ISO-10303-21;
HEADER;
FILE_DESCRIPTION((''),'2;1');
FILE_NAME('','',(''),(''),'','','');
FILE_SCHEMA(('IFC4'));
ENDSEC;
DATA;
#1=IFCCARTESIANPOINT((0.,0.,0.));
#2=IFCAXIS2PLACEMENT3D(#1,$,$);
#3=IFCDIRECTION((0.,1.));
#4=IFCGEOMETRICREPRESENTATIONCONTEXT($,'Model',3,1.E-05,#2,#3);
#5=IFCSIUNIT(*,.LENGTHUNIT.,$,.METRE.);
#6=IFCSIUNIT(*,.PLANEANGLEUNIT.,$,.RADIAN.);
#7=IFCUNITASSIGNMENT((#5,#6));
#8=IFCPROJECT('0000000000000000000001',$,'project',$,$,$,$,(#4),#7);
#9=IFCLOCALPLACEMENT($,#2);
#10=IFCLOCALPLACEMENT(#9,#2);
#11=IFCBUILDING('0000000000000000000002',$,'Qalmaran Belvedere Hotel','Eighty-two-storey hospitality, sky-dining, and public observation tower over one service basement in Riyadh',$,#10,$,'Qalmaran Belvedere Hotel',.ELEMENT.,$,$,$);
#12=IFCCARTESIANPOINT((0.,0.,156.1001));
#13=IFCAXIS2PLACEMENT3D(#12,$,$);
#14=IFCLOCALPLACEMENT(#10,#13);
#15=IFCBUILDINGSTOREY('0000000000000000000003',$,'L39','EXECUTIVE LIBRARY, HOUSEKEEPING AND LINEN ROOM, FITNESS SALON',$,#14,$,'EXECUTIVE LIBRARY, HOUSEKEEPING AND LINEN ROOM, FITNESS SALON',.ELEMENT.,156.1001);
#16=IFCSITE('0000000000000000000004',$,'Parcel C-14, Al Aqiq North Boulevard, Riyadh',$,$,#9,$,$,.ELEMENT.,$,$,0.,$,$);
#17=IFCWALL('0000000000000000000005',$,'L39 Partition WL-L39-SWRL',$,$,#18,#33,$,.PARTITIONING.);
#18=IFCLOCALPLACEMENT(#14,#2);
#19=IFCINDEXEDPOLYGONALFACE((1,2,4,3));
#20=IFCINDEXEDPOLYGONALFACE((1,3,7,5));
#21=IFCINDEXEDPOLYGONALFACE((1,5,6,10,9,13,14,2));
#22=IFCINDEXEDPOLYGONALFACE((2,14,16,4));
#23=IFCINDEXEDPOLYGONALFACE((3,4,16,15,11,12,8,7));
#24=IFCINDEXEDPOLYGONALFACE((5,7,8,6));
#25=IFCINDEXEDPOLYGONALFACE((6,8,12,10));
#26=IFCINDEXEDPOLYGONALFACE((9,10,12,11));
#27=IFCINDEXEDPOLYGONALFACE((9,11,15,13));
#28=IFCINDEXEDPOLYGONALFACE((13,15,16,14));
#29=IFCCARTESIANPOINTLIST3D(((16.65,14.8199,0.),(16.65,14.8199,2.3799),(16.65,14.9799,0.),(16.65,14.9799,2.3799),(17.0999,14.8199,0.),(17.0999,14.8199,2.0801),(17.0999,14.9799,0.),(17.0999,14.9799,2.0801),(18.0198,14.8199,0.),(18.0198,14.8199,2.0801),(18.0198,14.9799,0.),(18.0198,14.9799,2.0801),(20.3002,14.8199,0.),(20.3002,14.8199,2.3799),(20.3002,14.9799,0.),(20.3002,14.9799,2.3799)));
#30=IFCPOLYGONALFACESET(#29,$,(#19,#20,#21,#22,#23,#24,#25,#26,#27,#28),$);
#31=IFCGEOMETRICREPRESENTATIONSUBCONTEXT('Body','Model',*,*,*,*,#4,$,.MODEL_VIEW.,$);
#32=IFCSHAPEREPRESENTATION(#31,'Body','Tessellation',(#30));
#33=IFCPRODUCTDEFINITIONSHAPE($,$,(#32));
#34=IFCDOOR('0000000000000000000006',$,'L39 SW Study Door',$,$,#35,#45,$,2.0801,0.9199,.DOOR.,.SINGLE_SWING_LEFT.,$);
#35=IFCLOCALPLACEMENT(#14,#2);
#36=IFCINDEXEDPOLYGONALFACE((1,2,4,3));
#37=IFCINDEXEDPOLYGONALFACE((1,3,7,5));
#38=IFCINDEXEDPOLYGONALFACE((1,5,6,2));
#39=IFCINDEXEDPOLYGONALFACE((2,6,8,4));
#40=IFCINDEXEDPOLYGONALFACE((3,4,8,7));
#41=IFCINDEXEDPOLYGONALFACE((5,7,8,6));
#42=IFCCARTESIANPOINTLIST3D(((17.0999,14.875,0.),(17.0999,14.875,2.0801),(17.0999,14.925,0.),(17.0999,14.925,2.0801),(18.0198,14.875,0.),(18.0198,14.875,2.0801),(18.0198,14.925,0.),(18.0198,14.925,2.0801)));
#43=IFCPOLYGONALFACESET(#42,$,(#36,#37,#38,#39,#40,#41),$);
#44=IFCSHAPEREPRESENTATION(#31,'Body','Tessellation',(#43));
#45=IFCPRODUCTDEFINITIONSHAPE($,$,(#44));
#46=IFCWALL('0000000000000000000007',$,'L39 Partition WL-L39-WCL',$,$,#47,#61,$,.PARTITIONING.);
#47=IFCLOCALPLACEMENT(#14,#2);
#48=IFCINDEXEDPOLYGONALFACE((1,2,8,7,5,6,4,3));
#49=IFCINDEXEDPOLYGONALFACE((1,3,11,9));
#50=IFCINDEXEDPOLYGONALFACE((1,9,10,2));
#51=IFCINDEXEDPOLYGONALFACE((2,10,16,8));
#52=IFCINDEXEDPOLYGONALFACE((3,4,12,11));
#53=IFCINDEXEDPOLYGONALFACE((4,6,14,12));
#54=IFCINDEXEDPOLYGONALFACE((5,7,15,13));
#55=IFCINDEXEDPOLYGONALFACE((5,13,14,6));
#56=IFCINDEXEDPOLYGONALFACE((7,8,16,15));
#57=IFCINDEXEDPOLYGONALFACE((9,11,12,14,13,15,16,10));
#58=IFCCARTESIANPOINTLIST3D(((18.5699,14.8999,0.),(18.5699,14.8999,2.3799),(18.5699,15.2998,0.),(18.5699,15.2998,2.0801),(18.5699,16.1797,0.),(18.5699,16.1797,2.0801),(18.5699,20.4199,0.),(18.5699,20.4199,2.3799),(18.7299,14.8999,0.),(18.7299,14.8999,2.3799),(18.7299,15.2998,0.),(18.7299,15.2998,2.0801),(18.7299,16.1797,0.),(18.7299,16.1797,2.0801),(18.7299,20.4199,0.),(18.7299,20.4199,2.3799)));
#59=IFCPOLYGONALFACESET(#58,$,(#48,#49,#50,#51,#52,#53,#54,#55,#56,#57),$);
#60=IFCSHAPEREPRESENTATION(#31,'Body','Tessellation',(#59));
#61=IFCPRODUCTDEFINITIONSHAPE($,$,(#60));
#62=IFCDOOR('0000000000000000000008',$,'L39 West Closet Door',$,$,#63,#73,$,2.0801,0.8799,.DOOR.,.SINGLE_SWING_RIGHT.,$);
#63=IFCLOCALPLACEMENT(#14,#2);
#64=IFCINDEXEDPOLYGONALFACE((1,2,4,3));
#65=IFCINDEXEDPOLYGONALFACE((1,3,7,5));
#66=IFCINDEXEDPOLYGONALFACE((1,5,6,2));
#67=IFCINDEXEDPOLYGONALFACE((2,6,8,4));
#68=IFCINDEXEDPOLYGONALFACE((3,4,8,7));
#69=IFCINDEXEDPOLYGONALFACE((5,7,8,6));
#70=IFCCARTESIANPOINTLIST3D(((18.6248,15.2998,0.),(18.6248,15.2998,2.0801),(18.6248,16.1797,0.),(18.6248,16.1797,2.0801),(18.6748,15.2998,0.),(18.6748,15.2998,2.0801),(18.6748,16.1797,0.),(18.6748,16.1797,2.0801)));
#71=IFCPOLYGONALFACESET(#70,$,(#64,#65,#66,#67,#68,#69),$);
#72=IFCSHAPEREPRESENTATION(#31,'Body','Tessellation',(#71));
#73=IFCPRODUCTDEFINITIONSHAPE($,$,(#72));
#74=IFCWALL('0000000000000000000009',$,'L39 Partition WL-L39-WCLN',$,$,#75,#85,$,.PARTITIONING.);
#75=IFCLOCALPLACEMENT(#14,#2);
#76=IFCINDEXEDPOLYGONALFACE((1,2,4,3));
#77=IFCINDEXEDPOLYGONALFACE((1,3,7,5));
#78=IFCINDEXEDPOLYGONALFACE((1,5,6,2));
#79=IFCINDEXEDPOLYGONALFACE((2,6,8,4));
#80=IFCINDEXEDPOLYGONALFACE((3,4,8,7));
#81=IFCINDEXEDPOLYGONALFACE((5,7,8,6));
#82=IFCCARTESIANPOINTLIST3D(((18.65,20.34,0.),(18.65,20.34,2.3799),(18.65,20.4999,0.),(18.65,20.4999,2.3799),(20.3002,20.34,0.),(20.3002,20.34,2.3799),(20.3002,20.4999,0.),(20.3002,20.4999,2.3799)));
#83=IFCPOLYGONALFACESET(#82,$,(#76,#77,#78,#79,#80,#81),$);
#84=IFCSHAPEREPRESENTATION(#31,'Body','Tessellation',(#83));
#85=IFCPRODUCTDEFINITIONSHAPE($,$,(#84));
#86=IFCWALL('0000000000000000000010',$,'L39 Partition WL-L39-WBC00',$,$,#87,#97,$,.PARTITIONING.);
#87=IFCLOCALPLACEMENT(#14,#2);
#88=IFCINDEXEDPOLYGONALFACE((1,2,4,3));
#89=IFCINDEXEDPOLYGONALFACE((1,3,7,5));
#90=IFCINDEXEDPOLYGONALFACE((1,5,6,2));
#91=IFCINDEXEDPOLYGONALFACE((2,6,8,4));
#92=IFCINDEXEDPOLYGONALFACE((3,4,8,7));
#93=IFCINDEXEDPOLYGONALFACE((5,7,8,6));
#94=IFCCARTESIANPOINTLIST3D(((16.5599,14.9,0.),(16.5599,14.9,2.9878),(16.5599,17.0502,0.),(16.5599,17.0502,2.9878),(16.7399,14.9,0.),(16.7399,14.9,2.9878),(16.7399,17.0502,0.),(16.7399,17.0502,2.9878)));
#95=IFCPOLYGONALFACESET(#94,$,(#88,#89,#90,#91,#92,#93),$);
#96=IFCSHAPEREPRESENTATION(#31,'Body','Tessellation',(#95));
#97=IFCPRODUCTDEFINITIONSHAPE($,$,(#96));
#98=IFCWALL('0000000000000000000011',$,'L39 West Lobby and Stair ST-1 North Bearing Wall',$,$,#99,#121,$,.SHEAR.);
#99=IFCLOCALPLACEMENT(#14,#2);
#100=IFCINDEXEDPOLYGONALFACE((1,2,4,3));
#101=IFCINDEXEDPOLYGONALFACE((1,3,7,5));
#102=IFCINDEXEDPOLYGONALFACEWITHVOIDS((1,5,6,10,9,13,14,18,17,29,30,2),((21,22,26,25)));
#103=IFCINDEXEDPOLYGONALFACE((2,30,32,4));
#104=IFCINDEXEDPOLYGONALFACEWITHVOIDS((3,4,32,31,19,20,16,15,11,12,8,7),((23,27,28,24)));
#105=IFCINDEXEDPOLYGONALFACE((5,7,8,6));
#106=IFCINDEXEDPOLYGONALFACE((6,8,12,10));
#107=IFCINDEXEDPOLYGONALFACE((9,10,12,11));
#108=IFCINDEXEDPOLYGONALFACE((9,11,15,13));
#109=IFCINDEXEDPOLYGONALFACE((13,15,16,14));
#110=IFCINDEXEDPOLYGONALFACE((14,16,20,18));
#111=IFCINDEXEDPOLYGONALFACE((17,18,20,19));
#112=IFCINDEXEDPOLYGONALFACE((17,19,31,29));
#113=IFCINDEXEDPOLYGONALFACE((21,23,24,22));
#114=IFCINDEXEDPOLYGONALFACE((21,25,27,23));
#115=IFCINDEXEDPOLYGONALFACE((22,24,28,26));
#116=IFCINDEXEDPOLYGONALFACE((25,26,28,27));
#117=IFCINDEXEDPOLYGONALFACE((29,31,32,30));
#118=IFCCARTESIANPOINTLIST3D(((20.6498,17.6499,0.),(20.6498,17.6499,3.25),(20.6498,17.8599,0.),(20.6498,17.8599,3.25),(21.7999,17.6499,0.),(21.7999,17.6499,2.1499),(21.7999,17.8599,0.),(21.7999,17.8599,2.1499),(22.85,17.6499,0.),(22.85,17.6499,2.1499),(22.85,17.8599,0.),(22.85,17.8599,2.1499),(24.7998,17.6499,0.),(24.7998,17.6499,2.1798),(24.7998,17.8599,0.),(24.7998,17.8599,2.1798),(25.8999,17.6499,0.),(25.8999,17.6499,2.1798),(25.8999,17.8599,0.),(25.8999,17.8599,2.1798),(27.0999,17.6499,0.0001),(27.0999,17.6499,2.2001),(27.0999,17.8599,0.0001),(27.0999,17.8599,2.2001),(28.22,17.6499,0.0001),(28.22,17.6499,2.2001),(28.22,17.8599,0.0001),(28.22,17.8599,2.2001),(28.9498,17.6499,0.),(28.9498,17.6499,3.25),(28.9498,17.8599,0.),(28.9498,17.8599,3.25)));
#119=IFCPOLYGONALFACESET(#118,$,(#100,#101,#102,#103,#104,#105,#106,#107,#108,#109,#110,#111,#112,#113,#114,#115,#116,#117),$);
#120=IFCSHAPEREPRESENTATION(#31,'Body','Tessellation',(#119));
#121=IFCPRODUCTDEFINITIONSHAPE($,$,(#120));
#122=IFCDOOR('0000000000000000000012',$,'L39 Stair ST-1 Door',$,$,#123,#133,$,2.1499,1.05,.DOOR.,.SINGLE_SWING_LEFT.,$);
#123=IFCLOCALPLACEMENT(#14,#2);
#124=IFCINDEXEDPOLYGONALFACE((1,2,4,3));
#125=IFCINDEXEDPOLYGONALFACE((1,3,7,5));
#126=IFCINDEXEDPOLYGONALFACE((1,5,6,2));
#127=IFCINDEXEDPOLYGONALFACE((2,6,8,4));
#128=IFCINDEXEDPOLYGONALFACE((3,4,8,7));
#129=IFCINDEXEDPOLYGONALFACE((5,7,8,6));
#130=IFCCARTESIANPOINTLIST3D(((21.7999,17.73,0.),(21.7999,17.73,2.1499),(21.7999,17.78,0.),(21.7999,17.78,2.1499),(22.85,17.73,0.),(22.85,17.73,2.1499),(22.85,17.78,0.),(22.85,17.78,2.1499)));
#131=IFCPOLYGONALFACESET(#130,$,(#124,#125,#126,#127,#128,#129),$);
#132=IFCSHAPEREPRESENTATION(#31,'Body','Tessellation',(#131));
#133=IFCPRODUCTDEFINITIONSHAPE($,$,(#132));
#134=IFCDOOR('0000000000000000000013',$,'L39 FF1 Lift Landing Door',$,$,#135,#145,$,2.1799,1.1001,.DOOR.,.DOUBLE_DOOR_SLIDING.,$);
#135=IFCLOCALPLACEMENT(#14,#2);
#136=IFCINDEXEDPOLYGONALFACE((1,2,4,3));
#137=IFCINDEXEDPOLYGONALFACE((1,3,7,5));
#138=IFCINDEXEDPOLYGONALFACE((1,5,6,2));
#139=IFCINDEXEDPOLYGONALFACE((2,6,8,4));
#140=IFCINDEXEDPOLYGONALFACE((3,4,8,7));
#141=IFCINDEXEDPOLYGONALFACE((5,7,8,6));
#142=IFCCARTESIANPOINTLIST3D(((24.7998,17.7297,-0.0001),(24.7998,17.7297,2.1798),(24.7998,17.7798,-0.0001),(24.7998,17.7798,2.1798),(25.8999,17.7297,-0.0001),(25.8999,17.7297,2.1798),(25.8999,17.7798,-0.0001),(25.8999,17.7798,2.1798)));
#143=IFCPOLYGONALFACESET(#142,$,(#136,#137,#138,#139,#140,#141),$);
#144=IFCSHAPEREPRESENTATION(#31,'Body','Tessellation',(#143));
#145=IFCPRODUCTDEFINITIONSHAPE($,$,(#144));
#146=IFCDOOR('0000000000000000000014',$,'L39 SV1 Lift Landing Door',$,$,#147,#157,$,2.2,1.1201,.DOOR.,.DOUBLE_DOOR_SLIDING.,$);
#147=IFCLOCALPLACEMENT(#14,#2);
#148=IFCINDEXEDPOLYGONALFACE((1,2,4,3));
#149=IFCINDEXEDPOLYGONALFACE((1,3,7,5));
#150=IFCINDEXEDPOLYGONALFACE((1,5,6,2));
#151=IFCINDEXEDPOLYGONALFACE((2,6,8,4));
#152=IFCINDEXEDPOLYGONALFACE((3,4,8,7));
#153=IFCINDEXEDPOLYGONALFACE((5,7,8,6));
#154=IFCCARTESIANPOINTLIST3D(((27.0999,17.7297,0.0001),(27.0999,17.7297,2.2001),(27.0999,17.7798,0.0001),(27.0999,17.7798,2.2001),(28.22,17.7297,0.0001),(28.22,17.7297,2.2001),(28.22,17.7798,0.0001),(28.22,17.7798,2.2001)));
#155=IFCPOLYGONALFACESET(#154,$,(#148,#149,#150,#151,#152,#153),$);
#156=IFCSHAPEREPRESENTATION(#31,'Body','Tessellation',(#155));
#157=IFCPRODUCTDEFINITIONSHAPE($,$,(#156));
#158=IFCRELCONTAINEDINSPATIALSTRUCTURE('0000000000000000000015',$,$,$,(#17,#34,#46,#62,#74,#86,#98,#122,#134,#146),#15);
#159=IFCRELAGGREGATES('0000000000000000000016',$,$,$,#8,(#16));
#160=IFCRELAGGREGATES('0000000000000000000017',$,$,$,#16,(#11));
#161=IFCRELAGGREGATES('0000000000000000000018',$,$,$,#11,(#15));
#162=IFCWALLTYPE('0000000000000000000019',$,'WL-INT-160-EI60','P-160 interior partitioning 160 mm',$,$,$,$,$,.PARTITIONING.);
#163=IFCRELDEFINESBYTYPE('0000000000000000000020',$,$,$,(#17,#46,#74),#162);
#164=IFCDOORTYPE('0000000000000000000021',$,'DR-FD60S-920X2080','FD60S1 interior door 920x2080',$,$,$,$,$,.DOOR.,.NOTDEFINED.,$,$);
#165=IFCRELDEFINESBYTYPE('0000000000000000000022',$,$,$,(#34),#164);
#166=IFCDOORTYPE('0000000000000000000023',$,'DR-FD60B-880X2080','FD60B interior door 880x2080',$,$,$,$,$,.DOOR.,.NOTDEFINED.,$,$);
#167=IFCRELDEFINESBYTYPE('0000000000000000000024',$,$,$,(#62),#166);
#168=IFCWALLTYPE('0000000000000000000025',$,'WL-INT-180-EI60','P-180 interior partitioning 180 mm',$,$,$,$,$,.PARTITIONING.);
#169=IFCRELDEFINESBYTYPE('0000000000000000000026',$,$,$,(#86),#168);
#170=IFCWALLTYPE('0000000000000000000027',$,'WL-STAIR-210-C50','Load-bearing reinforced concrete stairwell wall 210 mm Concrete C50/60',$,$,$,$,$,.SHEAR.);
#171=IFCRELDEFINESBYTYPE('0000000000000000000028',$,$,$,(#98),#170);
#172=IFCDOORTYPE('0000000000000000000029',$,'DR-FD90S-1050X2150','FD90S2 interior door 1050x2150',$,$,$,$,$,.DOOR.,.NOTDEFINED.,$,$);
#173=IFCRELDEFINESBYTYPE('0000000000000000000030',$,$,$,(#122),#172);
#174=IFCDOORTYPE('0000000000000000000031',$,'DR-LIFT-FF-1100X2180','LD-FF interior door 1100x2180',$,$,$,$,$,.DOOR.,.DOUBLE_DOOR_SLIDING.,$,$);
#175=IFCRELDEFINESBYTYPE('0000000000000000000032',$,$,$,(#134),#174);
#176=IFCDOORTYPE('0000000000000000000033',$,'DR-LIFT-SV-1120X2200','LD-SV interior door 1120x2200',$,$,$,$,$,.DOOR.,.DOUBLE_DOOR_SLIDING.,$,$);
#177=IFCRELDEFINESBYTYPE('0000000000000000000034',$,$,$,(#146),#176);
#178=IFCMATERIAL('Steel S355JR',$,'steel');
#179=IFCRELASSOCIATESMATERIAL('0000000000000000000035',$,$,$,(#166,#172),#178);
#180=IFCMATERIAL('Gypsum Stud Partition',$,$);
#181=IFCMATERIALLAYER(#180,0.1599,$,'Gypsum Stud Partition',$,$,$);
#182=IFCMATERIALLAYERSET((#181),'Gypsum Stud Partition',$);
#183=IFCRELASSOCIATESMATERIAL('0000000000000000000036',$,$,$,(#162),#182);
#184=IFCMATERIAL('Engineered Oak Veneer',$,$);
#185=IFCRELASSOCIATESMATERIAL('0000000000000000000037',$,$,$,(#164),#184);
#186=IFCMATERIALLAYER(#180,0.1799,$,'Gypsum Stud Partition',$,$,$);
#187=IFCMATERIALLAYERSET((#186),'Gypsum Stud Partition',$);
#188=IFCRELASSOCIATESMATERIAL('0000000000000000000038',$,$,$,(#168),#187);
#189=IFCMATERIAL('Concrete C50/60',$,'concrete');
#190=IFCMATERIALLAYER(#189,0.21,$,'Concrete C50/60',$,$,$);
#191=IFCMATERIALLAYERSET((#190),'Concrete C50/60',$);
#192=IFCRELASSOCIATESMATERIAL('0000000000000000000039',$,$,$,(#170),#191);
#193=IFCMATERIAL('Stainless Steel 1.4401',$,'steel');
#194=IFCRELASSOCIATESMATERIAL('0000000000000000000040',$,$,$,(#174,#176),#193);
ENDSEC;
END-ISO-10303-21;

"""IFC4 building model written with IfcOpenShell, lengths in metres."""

from ifc_helpers import new_model, si_unit, direction, frame, frame_2d, origin, place, context, subcontext, project, spatial, rectangle, extrude, material, layer, layer_set, type_object, element, fill, save


model = new_model("IFC4")

# Units and contexts
model_context = context("Model", 3, precision=1e-05, world=origin(), true_north=direction((0.0, 1.0)))
body_context = subcontext(model_context, "Body", "Model", "MODEL_VIEW")
ifc_project = project(units=[si_unit("LENGTHUNIT", "METRE"), si_unit("PLANEANGLEUNIT", "RADIAN")], contexts=[model_context])

# Site, building, storey
site_placement = place(None, origin())
site = spatial("IfcSite", under=ifc_project, at=site_placement, Name="Parcel C-14, Al Aqiq North Boulevard, Riyadh", CompositionType="ELEMENT", RefElevation=0.0)
building_placement = place(site_placement, origin())
building = spatial("IfcBuilding", under=site, at=building_placement, Name="Qalmaran Belvedere Hotel", Description="Eighty-two-storey hospitality, sky-dining, and public observation tower over one service basement in Riyadh", LongName="Qalmaran Belvedere Hotel", CompositionType="ELEMENT")
storey_placement = place(building_placement, frame((0.0, 0.0, 156.1001)))
storey = spatial("IfcBuildingStorey", under=building, at=storey_placement, Name="L39", Description="EXECUTIVE LIBRARY, HOUSEKEEPING AND LINEN ROOM, FITNESS SALON", LongName="EXECUTIVE LIBRARY, HOUSEKEEPING AND LINEN ROOM, FITNESS SALON", CompositionType="ELEMENT", Elevation=156.1001)

# Shared definitions
ifc_material_1 = material(Name="Gypsum Stud Partition")
ifc_material_2 = material(Name="Engineered Oak Veneer")

# Shared definitions
ifc_material_3 = material(Name="Steel S355JR", Category="steel")
door_type_1 = type_object("IfcDoorType", Name="DR-FD60B-880X2080", Description="FD60B interior door 880x2080", OperationType="NOTDEFINED", PredefinedType="DOOR", material=ifc_material_3)

# Walls, openings, doors
ifc_layer_1 = layer(ifc_material_1, 0.1599, Name="Gypsum Stud Partition")
ifc_layer_set_1 = layer_set([ifc_layer_1], Name="Gypsum Stud Partition")
wall_type_1 = type_object("IfcWallType", Name="WL-INT-160-EI60", Description="P-160 interior partitioning 160 mm", PredefinedType="PARTITIONING", material=ifc_layer_set_1)
door_type_2 = type_object("IfcDoorType", Name="DR-FD60S-920X2080", Description="FD60S1 interior door 920x2080", OperationType="NOTDEFINED", PredefinedType="DOOR", material=ifc_material_2)
wall_1_placement = place(storey_placement, frame((16.6499, 14.8999, 0.0), z_axis=(0.0, 0.0, 1.0), x_axis=(1.0, 0.0, 0.0)))
wall_1 = element("IfcWall", 1, at=wall_1_placement, inside=storey, type_object=wall_type_1, Name="L39 Partition WL-L39-SWRL", PredefinedType="PARTITIONING", context=body_context, shape_type="SweptSolid", body=[
    extrude(rectangle(XDim=3.6501, YDim=0.1599, at=frame_2d((1.8252, 0.0))), origin(), (0.0, 0.0, 1.0), 2.3799),
])
opening_1_placement = place(wall_1_placement, frame((1.3699, 0.0, 0.0), z_axis=(0.0, 0.0, 1.0), x_axis=(-1.0, 0.0, 0.0)))
opening_1 = element("IfcOpeningElement", 2, at=opening_1_placement, cuts=wall_1, PredefinedType="OPENING", context=body_context, shape_type="SweptSolid", body=[
    extrude(rectangle(XDim=0.9199, YDim=2.0801, at=frame_2d((0.46, 1.04))), frame((0.0, 0.0898, 0.0), z_axis=(0.0, -1.0, 0.0), x_axis=(1.0, 0.0, 0.0)), (0.0, 0.0, 1.0), 0.1799),
])
door_1_placement = place(opening_1_placement, origin())
door_1 = element("IfcDoor", 3, at=door_1_placement, inside=storey, type_object=door_type_2, Name="L39 SW Study Door", OperationType="SINGLE_SWING_LEFT", OverallHeight=2.0801, OverallWidth=0.9199, PredefinedType="DOOR", context=body_context, shape_type="SweptSolid", body=[
    extrude(rectangle(XDim=0.9199, YDim=2.0801, at=frame_2d((0.46, 1.04))), frame((0.0, 0.0249, 0.0), z_axis=(0.0, -1.0, 0.0), x_axis=(1.0, 0.0, 0.0)), (0.0, 0.0, 1.0), 0.05),
])
fill(opening_1, door_1)
wall_2_placement = place(storey_placement, frame((18.6499, 14.8999, 0.0), z_axis=(0.0, 0.0, 1.0), x_axis=(0.0, 1.0, 0.0)))
wall_2 = element("IfcWall", 4, at=wall_2_placement, inside=storey, type_object=wall_type_1, Name="L39 Partition WL-L39-WCL", PredefinedType="PARTITIONING", context=body_context, shape_type="SweptSolid", body=[
    extrude(rectangle(XDim=5.52, YDim=0.1599, at=frame_2d((2.76, 0.0))), origin(), (0.0, 0.0, 1.0), 2.3799),
])
opening_2_placement = place(wall_2_placement, frame((1.2798, 0.0, 0.0), z_axis=(0.0, 0.0, 1.0), x_axis=(-1.0, 0.0, 0.0)))
opening_2 = element("IfcOpeningElement", 5, at=opening_2_placement, cuts=wall_2, PredefinedType="OPENING", context=body_context, shape_type="SweptSolid", body=[
    extrude(rectangle(XDim=0.8799, YDim=2.0801, at=frame_2d((0.4399, 1.04))), frame((0.0, 0.0898, 0.0), z_axis=(0.0, -1.0, 0.0), x_axis=(1.0, 0.0, 0.0)), (0.0, 0.0, 1.0), 0.1799),
])
door_2_placement = place(opening_2_placement, origin())
door_2 = element("IfcDoor", 6, at=door_2_placement, inside=storey, type_object=door_type_1, Name="L39 West Closet Door", OperationType="SINGLE_SWING_RIGHT", OverallHeight=2.0801, OverallWidth=0.8799, PredefinedType="DOOR", context=body_context, shape_type="SweptSolid", body=[
    extrude(rectangle(XDim=0.8799, YDim=2.0801, at=frame_2d((0.4399, 1.04))), frame((0.0, 0.0249, 0.0), z_axis=(0.0, -1.0, 0.0), x_axis=(1.0, 0.0, 0.0)), (0.0, 0.0, 1.0), 0.05),
])
fill(opening_2, door_2)

# Walls
wall_3_placement = place(storey_placement, frame((18.6499, 20.4199, 0.0), z_axis=(0.0, 0.0, 1.0), x_axis=(1.0, 0.0, 0.0)))
element("IfcWall", 7, at=wall_3_placement, inside=storey, type_object=wall_type_1, Name="L39 Partition WL-L39-WCLN", PredefinedType="PARTITIONING", context=body_context, shape_type="SweptSolid", body=[
    extrude(rectangle(XDim=1.6501, YDim=0.1599, at=frame_2d((0.8252, 0.0))), origin(), (0.0, 0.0, 1.0), 2.3799),
])
ifc_layer_2 = layer(ifc_material_1, 0.1799, Name="Gypsum Stud Partition")
ifc_layer_set_2 = layer_set([ifc_layer_2], Name="Gypsum Stud Partition")
wall_type_2 = type_object("IfcWallType", Name="WL-INT-180-EI60", Description="P-180 interior partitioning 180 mm", PredefinedType="PARTITIONING", material=ifc_layer_set_2)
wall_4_placement = place(storey_placement, frame((16.6499, 14.8999, 0.0), z_axis=(0.0, 0.0, 1.0), x_axis=(0.0, 1.0, 0.0)))
element("IfcWall", 8, at=wall_4_placement, inside=storey, type_object=wall_type_2, Name="L39 Partition WL-L39-WBC00", PredefinedType="PARTITIONING", context=body_context, shape_type="SweptSolid", body=[
    extrude(rectangle(XDim=2.1501, YDim=0.1799, at=frame_2d((1.0752, 0.0))), origin(), (0.0, 0.0, 1.0), 2.9878),
])

# Wall, openings, doors
ifc_material_4 = material(Name="Concrete C50/60", Category="concrete")
ifc_layer_3 = layer(ifc_material_4, 0.21, Name="Concrete C50/60")
ifc_layer_set_3 = layer_set([ifc_layer_3], Name="Concrete C50/60")
wall_type_3 = type_object("IfcWallType", Name="WL-STAIR-210-C50", Description="Load-bearing reinforced concrete stairwell wall 210 mm Concrete C50/60", PredefinedType="SHEAR", material=ifc_layer_set_3)
wall_5_placement = place(storey_placement, frame((20.6499, 17.7549, 0.0), z_axis=(0.0, 0.0, 1.0), x_axis=(1.0, 0.0, 0.0)))
wall_5 = element("IfcWall", 9, at=wall_5_placement, inside=storey, type_object=wall_type_3, Name="L39 West Lobby and Stair ST-1 North Bearing Wall", PredefinedType="SHEAR", context=body_context, shape_type="SweptSolid", body=[
    extrude(rectangle(XDim=8.3, YDim=0.21, at=frame_2d((4.1499, 0.0))), origin(), (0.0, 0.0, 1.0), 3.25),
])
opening_3_placement = place(wall_5_placement, frame((2.2, 0.0, 0.0), z_axis=(0.0, 0.0, 1.0), x_axis=(-1.0, 0.0, 0.0)))
opening_3 = element("IfcOpeningElement", 10, at=opening_3_placement, cuts=wall_5, PredefinedType="OPENING", context=body_context, shape_type="SweptSolid", body=[
    extrude(rectangle(XDim=1.05, YDim=2.1499, at=frame_2d((0.5249, 1.075))), frame((0.0, 0.115, 0.0), z_axis=(0.0, -1.0, 0.0), x_axis=(1.0, 0.0, 0.0)), (0.0, 0.0, 1.0), 0.23),
])
opening_4_placement = place(wall_5_placement, frame((4.1499, 0.0, 0.0)))
opening_4 = element("IfcOpeningElement", 11, at=opening_4_placement, cuts=wall_5, PredefinedType="OPENING", context=body_context, shape_type="SweptSolid", body=[
    extrude(rectangle(XDim=1.1001, YDim=2.1799, at=frame_2d((0.55, 1.0898))), frame((0.0, 0.115, 0.0), z_axis=(0.0, -1.0, 0.0), x_axis=(1.0, 0.0, 0.0)), (0.0, 0.0, 1.0), 0.23),
])
opening_5_placement = place(wall_5_placement, frame((6.45, 0.0, 0.0)))
opening_5 = element("IfcOpeningElement", 12, at=opening_5_placement, cuts=wall_5, PredefinedType="OPENING", context=body_context, shape_type="SweptSolid", body=[
    extrude(rectangle(XDim=1.1201, YDim=2.2, at=frame_2d((0.5601, 1.1001))), frame((0.0, 0.115, 0.0), z_axis=(0.0, -1.0, 0.0), x_axis=(1.0, 0.0, 0.0)), (0.0, 0.0, 1.0), 0.23),
])
door_type_3 = type_object("IfcDoorType", Name="DR-FD90S-1050X2150", Description="FD90S2 interior door 1050x2150", OperationType="NOTDEFINED", PredefinedType="DOOR", material=ifc_material_3)
door_3_placement = place(opening_3_placement, origin())
door_3 = element("IfcDoor", 13, at=door_3_placement, inside=storey, type_object=door_type_3, Name="L39 Stair ST-1 Door", OperationType="SINGLE_SWING_LEFT", OverallHeight=2.1499, OverallWidth=1.05, PredefinedType="DOOR", context=body_context, shape_type="SweptSolid", body=[
    extrude(rectangle(XDim=1.05, YDim=2.1499, at=frame_2d((0.5249, 1.075))), frame((0.0, 0.0249, 0.0), z_axis=(0.0, -1.0, 0.0), x_axis=(1.0, 0.0, 0.0)), (0.0, 0.0, 1.0), 0.05),
])
fill(opening_3, door_3)
ifc_material_5 = material(Name="Stainless Steel 1.4401", Category="steel")
door_type_4 = type_object("IfcDoorType", Name="DR-LIFT-FF-1100X2180", Description="LD-FF interior door 1100x2180", OperationType="DOUBLE_DOOR_SLIDING", PredefinedType="DOOR", material=ifc_material_5)
door_4_placement = place(opening_4_placement, origin())
door_4 = element("IfcDoor", 14, at=door_4_placement, inside=storey, type_object=door_type_4, Name="L39 FF1 Lift Landing Door", OperationType="DOUBLE_DOOR_SLIDING", OverallHeight=2.1799, OverallWidth=1.1001, PredefinedType="DOOR", context=body_context, shape_type="SweptSolid", body=[
    extrude(rectangle(XDim=1.1001, YDim=2.1799, at=frame_2d((0.55, 1.0898))), frame((0.0, 0.0249, 0.0), z_axis=(0.0, -1.0, 0.0), x_axis=(1.0, 0.0, 0.0)), (0.0, 0.0, 1.0), 0.05),
])
fill(opening_4, door_4)
door_type_5 = type_object("IfcDoorType", Name="DR-LIFT-SV-1120X2200", Description="LD-SV interior door 1120x2200", OperationType="DOUBLE_DOOR_SLIDING", PredefinedType="DOOR", material=ifc_material_5)
door_5_placement = place(opening_5_placement, origin())
door_5 = element("IfcDoor", 15, at=door_5_placement, inside=storey, type_object=door_type_5, Name="L39 SV1 Lift Landing Door", OperationType="DOUBLE_DOOR_SLIDING", OverallHeight=2.2, OverallWidth=1.1201, PredefinedType="DOOR", context=body_context, shape_type="SweptSolid", body=[
    extrude(rectangle(XDim=1.1201, YDim=2.2, at=frame_2d((0.5601, 1.1001))), frame((0.0, 0.0249, 0.0), z_axis=(0.0, -1.0, 0.0), x_axis=(1.0, 0.0, 0.0)), (0.0, 0.0, 1.0), 0.05),
])
fill(opening_5, door_5)

save(model, "model.ifc")
